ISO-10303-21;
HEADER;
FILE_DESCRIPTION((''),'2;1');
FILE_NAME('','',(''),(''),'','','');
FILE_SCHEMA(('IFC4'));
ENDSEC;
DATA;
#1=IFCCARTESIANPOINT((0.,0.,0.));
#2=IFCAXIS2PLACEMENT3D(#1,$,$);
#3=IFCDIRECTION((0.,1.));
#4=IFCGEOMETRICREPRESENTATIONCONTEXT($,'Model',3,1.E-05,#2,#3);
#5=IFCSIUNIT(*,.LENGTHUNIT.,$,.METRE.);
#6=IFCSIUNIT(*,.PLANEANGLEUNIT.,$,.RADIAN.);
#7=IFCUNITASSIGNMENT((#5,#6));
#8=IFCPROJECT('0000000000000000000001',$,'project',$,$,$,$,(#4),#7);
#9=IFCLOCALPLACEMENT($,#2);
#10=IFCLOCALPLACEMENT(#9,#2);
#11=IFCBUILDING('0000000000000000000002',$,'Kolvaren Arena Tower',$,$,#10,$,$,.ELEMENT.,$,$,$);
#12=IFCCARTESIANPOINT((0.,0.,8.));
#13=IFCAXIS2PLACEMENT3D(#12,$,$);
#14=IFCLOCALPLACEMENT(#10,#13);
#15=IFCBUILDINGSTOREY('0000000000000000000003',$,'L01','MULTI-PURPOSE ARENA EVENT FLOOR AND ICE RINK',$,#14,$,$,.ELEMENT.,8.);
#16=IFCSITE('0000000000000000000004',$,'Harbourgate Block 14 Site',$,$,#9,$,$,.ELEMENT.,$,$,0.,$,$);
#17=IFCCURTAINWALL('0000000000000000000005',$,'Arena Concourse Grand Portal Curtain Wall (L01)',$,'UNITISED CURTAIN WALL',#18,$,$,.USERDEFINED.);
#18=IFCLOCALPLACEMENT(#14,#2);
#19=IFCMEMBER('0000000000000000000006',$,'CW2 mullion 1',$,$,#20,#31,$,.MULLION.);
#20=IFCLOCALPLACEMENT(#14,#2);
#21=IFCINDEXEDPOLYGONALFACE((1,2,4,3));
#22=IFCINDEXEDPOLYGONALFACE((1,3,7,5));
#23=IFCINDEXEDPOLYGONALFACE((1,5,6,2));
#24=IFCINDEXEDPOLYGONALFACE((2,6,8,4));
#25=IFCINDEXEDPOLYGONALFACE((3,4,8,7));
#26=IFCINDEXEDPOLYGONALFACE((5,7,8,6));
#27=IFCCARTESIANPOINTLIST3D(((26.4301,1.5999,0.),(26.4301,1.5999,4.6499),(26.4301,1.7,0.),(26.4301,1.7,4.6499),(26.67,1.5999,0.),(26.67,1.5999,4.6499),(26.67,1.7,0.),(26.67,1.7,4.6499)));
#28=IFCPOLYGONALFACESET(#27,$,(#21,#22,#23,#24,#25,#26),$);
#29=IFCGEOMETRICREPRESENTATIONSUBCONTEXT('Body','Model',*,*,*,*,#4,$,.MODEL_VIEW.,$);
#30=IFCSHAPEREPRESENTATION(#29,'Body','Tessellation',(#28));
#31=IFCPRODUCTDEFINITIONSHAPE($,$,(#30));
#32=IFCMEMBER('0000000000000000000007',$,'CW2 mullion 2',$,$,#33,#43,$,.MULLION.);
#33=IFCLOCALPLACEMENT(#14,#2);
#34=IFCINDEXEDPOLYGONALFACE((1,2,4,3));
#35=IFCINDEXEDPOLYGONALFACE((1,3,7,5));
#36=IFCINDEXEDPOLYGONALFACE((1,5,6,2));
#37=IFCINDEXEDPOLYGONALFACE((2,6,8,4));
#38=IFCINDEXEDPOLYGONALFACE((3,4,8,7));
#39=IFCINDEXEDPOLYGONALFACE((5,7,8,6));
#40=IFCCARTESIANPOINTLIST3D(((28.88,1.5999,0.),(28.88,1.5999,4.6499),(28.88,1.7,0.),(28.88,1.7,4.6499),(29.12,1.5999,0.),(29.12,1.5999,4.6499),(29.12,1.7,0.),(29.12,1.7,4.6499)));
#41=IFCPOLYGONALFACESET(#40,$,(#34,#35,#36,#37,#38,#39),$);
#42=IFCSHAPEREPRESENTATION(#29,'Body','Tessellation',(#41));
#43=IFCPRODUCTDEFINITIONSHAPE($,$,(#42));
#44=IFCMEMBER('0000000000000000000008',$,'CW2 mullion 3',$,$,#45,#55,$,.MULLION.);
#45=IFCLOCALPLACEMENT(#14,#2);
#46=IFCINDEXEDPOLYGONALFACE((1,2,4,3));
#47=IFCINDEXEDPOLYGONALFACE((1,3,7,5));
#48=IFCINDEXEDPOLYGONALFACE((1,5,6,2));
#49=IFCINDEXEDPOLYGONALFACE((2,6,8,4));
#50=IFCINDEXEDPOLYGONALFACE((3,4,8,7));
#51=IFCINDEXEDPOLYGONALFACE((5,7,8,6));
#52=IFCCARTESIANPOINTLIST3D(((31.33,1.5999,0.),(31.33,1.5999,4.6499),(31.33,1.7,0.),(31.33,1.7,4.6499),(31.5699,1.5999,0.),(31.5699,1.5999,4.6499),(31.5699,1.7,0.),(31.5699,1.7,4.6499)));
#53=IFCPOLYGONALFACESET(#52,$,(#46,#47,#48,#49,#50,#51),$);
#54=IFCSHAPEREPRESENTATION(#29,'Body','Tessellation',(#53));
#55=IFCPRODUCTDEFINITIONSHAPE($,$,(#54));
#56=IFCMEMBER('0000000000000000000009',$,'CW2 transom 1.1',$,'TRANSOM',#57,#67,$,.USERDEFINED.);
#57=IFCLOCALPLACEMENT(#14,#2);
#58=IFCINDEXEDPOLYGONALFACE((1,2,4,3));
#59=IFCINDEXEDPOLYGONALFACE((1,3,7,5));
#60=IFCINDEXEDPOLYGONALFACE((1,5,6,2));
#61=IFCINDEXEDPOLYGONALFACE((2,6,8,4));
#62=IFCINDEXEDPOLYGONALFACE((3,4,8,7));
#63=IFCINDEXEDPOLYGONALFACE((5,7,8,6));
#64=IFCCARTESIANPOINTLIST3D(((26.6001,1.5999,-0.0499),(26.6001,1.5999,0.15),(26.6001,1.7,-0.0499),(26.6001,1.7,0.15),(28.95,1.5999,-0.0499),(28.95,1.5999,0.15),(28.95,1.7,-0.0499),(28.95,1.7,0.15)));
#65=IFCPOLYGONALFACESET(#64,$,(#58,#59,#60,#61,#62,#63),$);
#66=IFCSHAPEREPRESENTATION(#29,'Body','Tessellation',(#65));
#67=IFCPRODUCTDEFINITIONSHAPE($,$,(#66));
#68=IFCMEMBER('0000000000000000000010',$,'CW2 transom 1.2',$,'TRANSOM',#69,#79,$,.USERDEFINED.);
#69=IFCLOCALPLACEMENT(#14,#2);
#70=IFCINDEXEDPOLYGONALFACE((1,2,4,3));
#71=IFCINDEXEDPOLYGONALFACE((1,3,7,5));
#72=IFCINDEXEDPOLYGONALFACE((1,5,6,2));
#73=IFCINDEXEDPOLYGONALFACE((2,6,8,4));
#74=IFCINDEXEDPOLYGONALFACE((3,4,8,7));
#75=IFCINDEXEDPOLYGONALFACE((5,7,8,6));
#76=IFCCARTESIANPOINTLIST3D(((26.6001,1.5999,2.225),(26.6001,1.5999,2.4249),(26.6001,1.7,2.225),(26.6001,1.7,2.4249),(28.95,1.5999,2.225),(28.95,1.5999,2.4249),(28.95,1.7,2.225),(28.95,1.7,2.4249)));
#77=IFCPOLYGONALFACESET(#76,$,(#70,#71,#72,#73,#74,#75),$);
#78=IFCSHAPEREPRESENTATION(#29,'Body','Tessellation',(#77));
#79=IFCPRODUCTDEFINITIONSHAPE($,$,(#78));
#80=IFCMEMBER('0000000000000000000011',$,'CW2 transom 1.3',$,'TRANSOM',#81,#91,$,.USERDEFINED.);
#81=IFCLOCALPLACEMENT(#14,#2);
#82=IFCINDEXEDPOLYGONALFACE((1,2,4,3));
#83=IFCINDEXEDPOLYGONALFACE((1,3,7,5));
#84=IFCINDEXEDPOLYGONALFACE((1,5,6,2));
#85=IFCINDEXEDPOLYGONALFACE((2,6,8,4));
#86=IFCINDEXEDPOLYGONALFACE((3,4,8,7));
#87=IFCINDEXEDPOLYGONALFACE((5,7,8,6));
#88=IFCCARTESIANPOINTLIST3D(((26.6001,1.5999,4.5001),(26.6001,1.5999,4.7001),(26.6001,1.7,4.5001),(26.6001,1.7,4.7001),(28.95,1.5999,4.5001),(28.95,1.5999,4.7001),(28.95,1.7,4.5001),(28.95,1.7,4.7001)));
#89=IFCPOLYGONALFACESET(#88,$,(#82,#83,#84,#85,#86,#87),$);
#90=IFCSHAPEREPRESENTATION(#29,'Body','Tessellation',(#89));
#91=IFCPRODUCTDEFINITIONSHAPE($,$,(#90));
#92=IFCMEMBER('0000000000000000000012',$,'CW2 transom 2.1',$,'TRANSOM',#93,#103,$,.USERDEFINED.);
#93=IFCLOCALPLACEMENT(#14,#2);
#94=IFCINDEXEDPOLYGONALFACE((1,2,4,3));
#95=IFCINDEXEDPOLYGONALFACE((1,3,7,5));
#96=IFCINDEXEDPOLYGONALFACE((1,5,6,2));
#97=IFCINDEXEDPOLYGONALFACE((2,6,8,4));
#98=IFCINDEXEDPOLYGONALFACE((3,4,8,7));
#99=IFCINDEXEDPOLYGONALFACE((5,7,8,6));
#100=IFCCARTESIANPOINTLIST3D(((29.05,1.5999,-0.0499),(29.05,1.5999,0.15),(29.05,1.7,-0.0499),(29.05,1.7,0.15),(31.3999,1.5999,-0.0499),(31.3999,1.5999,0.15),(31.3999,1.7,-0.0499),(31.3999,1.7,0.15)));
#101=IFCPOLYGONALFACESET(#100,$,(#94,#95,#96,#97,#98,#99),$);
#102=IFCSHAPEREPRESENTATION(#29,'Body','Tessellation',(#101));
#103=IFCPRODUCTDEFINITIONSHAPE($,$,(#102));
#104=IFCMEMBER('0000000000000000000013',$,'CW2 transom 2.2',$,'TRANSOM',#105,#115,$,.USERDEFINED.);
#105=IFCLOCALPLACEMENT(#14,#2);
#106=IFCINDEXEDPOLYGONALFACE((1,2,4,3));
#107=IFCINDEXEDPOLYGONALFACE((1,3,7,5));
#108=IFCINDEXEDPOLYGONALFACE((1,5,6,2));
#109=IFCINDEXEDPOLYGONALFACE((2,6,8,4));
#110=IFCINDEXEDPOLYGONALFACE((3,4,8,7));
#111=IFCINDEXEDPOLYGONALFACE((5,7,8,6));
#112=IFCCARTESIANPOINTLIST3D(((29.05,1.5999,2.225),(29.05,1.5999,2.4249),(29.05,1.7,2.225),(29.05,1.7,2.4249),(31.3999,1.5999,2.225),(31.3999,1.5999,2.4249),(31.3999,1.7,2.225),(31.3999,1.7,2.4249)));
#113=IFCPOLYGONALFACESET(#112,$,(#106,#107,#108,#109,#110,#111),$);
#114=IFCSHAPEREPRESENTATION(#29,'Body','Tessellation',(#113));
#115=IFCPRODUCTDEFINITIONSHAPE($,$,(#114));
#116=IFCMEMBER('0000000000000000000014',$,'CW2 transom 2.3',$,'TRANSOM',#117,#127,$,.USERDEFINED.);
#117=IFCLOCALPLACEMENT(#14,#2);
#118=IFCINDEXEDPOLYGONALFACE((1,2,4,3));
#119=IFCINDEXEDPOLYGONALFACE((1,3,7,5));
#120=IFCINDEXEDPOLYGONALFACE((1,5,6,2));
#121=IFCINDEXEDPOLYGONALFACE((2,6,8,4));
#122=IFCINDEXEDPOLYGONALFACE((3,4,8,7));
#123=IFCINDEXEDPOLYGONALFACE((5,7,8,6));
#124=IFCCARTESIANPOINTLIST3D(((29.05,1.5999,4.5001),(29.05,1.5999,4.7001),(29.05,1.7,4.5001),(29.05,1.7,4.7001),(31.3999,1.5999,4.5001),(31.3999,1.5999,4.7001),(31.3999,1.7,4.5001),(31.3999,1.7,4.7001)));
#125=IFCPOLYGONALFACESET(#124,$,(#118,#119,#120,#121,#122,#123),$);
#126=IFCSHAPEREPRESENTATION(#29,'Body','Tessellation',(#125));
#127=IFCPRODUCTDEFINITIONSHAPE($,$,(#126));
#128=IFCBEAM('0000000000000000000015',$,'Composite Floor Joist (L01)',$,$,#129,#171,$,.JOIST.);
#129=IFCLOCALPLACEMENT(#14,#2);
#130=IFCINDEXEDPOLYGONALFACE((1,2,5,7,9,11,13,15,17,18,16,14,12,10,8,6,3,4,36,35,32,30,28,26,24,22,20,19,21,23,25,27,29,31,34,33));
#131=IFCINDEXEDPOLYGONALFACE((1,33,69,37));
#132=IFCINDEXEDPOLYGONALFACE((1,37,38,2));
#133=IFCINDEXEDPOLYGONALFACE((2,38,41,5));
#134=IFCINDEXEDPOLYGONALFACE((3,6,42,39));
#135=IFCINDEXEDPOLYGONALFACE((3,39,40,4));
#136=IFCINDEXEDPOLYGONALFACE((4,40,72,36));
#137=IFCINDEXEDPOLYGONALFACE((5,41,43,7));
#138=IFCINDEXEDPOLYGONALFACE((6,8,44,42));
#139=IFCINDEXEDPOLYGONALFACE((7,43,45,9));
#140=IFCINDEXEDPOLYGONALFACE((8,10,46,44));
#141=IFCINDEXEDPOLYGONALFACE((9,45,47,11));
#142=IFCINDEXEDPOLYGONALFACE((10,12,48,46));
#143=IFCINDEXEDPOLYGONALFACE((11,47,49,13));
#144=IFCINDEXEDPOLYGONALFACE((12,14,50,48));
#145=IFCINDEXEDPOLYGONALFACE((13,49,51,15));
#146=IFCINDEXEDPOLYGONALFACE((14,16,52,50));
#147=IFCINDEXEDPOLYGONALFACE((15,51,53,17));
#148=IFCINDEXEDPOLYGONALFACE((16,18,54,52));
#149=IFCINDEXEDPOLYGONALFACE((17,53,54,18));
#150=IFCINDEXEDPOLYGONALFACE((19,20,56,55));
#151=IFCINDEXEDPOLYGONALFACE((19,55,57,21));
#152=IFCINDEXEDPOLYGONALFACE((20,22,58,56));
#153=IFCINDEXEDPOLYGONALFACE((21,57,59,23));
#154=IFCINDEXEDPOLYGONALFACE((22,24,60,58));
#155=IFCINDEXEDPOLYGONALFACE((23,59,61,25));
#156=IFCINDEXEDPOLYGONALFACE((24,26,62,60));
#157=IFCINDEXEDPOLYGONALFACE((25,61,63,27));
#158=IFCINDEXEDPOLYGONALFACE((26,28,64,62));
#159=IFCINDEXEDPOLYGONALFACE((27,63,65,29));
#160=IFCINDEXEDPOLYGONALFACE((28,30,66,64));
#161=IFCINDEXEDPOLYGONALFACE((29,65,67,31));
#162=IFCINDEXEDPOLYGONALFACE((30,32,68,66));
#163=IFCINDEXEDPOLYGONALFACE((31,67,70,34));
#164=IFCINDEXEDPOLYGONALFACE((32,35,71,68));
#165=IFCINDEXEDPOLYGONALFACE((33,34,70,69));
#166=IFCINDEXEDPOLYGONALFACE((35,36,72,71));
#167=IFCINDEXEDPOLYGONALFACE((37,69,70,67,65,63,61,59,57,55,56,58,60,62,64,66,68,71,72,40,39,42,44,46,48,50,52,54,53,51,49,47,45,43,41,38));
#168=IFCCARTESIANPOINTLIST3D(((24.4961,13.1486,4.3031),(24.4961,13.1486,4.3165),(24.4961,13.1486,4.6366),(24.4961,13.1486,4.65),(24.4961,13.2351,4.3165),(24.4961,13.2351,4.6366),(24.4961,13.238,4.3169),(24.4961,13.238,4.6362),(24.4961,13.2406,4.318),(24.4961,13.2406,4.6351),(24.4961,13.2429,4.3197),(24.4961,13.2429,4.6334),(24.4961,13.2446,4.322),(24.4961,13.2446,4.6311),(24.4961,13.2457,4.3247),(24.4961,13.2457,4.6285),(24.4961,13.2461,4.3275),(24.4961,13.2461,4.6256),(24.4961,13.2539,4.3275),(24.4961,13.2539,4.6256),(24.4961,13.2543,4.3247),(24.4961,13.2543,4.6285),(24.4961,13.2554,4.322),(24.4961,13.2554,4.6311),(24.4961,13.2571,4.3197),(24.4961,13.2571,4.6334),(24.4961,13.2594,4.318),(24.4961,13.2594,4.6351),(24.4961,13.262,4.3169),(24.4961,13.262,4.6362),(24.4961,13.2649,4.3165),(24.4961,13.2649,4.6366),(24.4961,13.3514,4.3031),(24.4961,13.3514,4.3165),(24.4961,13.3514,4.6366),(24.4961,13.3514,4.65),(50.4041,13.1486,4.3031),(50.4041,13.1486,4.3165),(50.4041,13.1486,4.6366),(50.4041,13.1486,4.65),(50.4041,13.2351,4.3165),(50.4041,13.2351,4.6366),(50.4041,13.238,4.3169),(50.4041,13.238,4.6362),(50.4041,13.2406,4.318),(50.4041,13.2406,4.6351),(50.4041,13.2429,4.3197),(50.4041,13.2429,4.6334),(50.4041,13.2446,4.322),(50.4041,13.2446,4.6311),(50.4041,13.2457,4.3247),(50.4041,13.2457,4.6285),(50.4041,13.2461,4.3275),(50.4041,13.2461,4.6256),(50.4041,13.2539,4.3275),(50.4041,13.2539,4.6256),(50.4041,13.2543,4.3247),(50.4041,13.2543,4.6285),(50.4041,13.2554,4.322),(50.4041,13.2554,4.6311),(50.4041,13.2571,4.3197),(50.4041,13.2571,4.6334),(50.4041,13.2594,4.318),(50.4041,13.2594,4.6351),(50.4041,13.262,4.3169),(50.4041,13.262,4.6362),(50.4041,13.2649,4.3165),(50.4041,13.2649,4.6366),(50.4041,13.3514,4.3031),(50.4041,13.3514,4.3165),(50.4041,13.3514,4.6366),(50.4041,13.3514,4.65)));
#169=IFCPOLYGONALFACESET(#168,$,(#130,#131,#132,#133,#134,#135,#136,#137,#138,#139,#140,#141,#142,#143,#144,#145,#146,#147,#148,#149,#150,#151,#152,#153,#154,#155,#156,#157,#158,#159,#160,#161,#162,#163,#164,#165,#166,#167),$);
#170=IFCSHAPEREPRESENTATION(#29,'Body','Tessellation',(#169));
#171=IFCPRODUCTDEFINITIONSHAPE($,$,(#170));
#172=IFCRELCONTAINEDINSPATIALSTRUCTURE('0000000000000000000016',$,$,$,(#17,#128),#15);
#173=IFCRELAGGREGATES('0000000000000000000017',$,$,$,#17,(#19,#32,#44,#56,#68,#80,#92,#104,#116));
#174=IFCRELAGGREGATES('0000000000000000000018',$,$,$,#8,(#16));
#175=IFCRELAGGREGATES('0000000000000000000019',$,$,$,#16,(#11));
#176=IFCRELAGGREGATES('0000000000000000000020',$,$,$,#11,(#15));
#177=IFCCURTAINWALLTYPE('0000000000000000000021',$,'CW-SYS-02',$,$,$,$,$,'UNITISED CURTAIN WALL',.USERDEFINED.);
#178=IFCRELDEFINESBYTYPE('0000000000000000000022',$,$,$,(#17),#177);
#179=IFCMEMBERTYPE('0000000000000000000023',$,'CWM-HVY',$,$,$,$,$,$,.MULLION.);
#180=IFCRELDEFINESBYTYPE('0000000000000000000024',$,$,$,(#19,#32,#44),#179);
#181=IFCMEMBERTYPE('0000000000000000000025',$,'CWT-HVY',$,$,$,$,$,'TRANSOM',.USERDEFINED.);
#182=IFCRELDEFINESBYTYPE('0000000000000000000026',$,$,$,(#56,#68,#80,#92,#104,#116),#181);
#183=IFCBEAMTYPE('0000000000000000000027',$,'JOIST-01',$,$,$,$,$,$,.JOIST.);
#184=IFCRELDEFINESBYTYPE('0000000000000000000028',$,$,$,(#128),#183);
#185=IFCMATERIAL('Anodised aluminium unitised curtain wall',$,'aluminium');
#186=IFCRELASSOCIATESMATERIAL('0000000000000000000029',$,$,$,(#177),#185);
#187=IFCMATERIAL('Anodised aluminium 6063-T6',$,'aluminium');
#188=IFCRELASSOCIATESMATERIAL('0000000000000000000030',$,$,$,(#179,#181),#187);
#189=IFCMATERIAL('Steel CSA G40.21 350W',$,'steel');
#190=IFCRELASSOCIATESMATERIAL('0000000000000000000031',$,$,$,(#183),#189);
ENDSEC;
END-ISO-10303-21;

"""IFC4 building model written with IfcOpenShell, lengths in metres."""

from ifc_helpers import new_model, si_unit, direction, frame, origin, origin_2d, place, context, subcontext, project, spatial, rectangle, i_section, extrude, material, material_profile, profile_set, type_object, element, aggregate, save


model = new_model("IFC4")

# Units and contexts
model_context = context("Model", 3, precision=1e-05, world=origin(), true_north=direction((0.0, 1.0)))
body_context = subcontext(model_context, "Body", "Model", "MODEL_VIEW")
ifc_project = project(units=[si_unit("LENGTHUNIT", "METRE"), si_unit("PLANEANGLEUNIT", "RADIAN")], contexts=[model_context])

# Site, building, storey
site_placement = place(None, origin())
site = spatial("IfcSite", under=ifc_project, at=site_placement, Name="Harbourgate Block 14 Site", CompositionType="ELEMENT", RefElevation=0.0)
building_placement = place(site_placement, origin())
building = spatial("IfcBuilding", under=site, at=building_placement, Name="Kolvaren Arena Tower", CompositionType="ELEMENT")
storey_placement = place(building_placement, frame((0.0, 0.0, 8.0)))
storey = spatial("IfcBuildingStorey", under=building, at=storey_placement, Name="L01", Description="MULTI-PURPOSE ARENA EVENT FLOOR AND ICE RINK", CompositionType="ELEMENT", Elevation=8.0)

# Curtain wall, members
ifc_material_1 = material(Name="Anodised aluminium unitised curtain wall", Category="aluminium")
curtain_wall_type = type_object("IfcCurtainWallType", Name="CW-SYS-02", ElementType="UNITISED CURTAIN WALL", PredefinedType="USERDEFINED", material=ifc_material_1)
curtain_wall_placement = place(storey_placement, origin())
curtain_wall = element("IfcCurtainWall", 1, at=curtain_wall_placement, inside=storey, type_object=curtain_wall_type, Name="Arena Concourse Grand Portal Curtain Wall (L01)", ObjectType="UNITISED CURTAIN WALL", PredefinedType="USERDEFINED")
ifc_material_2 = material(Name="Anodised aluminium 6063-T6", Category="aluminium")
ifc_material_profile_1 = material_profile(ifc_material_2, rectangle(XDim=0.1001, YDim=0.24, at=origin_2d()), Name="ALU-100x240")
ifc_profile_set_1 = profile_set([ifc_material_profile_1], Name="Anodised aluminium 6063-T6")
member_type_1 = type_object("IfcMemberType", Name="CWM-HVY", PredefinedType="MULLION", material=ifc_profile_set_1)
member_1_placement = place(storey_placement, frame((26.55, 1.6499, 0.0), z_axis=(0.0, 0.0, 1.0), x_axis=(0.0, 1.0, 0.0)))
member_1 = element("IfcMember", 2, at=member_1_placement, type_object=member_type_1, Name="CW2 mullion 1", PredefinedType="MULLION", context=body_context, shape_type="SweptSolid", body=[
    extrude(rectangle(XDim=0.1001, YDim=0.24, at=origin_2d()), origin(), (0.0, 0.0, 1.0), 4.6499),
])
member_2_placement = place(storey_placement, frame((29.0, 1.6499, 0.0), z_axis=(0.0, 0.0, 1.0), x_axis=(0.0, 1.0, 0.0)))
member_2 = element("IfcMember", 3, at=member_2_placement, type_object=member_type_1, Name="CW2 mullion 2", PredefinedType="MULLION", context=body_context, shape_type="SweptSolid", body=[
    extrude(rectangle(XDim=0.1001, YDim=0.24, at=origin_2d()), origin(), (0.0, 0.0, 1.0), 4.6499),
])
member_3_placement = place(storey_placement, frame((31.45, 1.6499, 0.0), z_axis=(0.0, 0.0, 1.0), x_axis=(0.0, 1.0, 0.0)))
member_3 = element("IfcMember", 4, at=member_3_placement, type_object=member_type_1, Name="CW2 mullion 3", PredefinedType="MULLION", context=body_context, shape_type="SweptSolid", body=[
    extrude(rectangle(XDim=0.1001, YDim=0.24, at=origin_2d()), origin(), (0.0, 0.0, 1.0), 4.6499),
])
ifc_material_profile_2 = material_profile(ifc_material_2, rectangle(XDim=0.1001, YDim=0.2, at=origin_2d()), Name="ALU-100x200")
ifc_profile_set_2 = profile_set([ifc_material_profile_2], Name="Anodised aluminium 6063-T6")
member_type_2 = type_object("IfcMemberType", Name="CWT-HVY", ElementType="TRANSOM", PredefinedType="USERDEFINED", material=ifc_profile_set_2)
member_4_placement = place(storey_placement, frame((26.6001, 1.6499, 0.05), z_axis=(1.0, 0.0, 0.0), x_axis=(0.0, 1.0, 0.0)))
member_4 = element("IfcMember", 5, at=member_4_placement, type_object=member_type_2, Name="CW2 transom 1.1", ObjectType="TRANSOM", PredefinedType="USERDEFINED", context=body_context, shape_type="SweptSolid", body=[
    extrude(rectangle(XDim=0.1001, YDim=0.2, at=origin_2d()), origin(), (0.0, 0.0, 1.0), 2.3499),
])
member_5_placement = place(storey_placement, frame((26.6001, 1.6499, 2.325), z_axis=(1.0, 0.0, 0.0), x_axis=(0.0, 1.0, 0.0)))
member_5 = element("IfcMember", 6, at=member_5_placement, type_object=member_type_2, Name="CW2 transom 1.2", ObjectType="TRANSOM", PredefinedType="USERDEFINED", context=body_context, shape_type="SweptSolid", body=[
    extrude(rectangle(XDim=0.1001, YDim=0.2, at=origin_2d()), origin(), (0.0, 0.0, 1.0), 2.3499),
])
member_6_placement = place(storey_placement, frame((26.6001, 1.6499, 4.6001), z_axis=(1.0, 0.0, 0.0), x_axis=(0.0, 1.0, 0.0)))
member_6 = element("IfcMember", 7, at=member_6_placement, type_object=member_type_2, Name="CW2 transom 1.3", ObjectType="TRANSOM", PredefinedType="USERDEFINED", context=body_context, shape_type="SweptSolid", body=[
    extrude(rectangle(XDim=0.1001, YDim=0.2, at=origin_2d()), origin(), (0.0, 0.0, 1.0), 2.3499),
])
member_7_placement = place(storey_placement, frame((29.05, 1.6499, 0.05), z_axis=(1.0, 0.0, 0.0), x_axis=(0.0, 1.0, 0.0)))
member_7 = element("IfcMember", 8, at=member_7_placement, type_object=member_type_2, Name="CW2 transom 2.1", ObjectType="TRANSOM", PredefinedType="USERDEFINED", context=body_context, shape_type="SweptSolid", body=[
    extrude(rectangle(XDim=0.1001, YDim=0.2, at=origin_2d()), origin(), (0.0, 0.0, 1.0), 2.3499),
])
member_8_placement = place(storey_placement, frame((29.05, 1.6499, 2.325), z_axis=(1.0, 0.0, 0.0), x_axis=(0.0, 1.0, 0.0)))
member_8 = element("IfcMember", 9, at=member_8_placement, type_object=member_type_2, Name="CW2 transom 2.2", ObjectType="TRANSOM", PredefinedType="USERDEFINED", context=body_context, shape_type="SweptSolid", body=[
    extrude(rectangle(XDim=0.1001, YDim=0.2, at=origin_2d()), origin(), (0.0, 0.0, 1.0), 2.3499),
])
member_9_placement = place(storey_placement, frame((29.05, 1.6499, 4.6001), z_axis=(1.0, 0.0, 0.0), x_axis=(0.0, 1.0, 0.0)))
member_9 = element("IfcMember", 10, at=member_9_placement, type_object=member_type_2, Name="CW2 transom 2.3", ObjectType="TRANSOM", PredefinedType="USERDEFINED", context=body_context, shape_type="SweptSolid", body=[
    extrude(rectangle(XDim=0.1001, YDim=0.2, at=origin_2d()), origin(), (0.0, 0.0, 1.0), 2.3499),
])

# Beam
ifc_material_3 = material(Name="Steel CSA G40.21 350W", Category="steel")
ifc_material_profile_3 = material_profile(ifc_material_3, i_section(OverallWidth=0.2029, OverallDepth=0.3469, WebThickness=0.0078, FlangeThickness=0.0134, FilletRadius=0.011, at=origin_2d()), Name="W360x64")
ifc_profile_set_3 = profile_set([ifc_material_profile_3], Name="Steel CSA G40.21 350W")
beam_type_1 = type_object("IfcBeamType", Name="JOIST-01", PredefinedType="JOIST", material=ifc_profile_set_3)
for number, where, z_axis, x_axis, name in (
    (11, (24.4961, 13.25, 4.4766), (1.0, 0.0, 0.0), (0.0, 1.0, 0.0), "Composite Floor Joist (L01)"),
):
    element("IfcBeam", number, at=place(storey_placement, frame(where, z_axis=z_axis, x_axis=x_axis)), inside=storey, type_object=beam_type_1, Name=name, PredefinedType="JOIST", context=body_context, shape_type="SweptSolid", body=[
        extrude(i_section(OverallWidth=0.2029, OverallDepth=0.3469, WebThickness=0.0078, FlangeThickness=0.0134, FilletRadius=0.011, at=origin_2d()), origin(), (0.0, 0.0, 1.0), 25.908),
    ])

aggregate(curtain_wall, [member_1, member_2, member_3, member_4, member_5, member_6, member_7, member_8, member_9])

save(model, "model.ifc")
